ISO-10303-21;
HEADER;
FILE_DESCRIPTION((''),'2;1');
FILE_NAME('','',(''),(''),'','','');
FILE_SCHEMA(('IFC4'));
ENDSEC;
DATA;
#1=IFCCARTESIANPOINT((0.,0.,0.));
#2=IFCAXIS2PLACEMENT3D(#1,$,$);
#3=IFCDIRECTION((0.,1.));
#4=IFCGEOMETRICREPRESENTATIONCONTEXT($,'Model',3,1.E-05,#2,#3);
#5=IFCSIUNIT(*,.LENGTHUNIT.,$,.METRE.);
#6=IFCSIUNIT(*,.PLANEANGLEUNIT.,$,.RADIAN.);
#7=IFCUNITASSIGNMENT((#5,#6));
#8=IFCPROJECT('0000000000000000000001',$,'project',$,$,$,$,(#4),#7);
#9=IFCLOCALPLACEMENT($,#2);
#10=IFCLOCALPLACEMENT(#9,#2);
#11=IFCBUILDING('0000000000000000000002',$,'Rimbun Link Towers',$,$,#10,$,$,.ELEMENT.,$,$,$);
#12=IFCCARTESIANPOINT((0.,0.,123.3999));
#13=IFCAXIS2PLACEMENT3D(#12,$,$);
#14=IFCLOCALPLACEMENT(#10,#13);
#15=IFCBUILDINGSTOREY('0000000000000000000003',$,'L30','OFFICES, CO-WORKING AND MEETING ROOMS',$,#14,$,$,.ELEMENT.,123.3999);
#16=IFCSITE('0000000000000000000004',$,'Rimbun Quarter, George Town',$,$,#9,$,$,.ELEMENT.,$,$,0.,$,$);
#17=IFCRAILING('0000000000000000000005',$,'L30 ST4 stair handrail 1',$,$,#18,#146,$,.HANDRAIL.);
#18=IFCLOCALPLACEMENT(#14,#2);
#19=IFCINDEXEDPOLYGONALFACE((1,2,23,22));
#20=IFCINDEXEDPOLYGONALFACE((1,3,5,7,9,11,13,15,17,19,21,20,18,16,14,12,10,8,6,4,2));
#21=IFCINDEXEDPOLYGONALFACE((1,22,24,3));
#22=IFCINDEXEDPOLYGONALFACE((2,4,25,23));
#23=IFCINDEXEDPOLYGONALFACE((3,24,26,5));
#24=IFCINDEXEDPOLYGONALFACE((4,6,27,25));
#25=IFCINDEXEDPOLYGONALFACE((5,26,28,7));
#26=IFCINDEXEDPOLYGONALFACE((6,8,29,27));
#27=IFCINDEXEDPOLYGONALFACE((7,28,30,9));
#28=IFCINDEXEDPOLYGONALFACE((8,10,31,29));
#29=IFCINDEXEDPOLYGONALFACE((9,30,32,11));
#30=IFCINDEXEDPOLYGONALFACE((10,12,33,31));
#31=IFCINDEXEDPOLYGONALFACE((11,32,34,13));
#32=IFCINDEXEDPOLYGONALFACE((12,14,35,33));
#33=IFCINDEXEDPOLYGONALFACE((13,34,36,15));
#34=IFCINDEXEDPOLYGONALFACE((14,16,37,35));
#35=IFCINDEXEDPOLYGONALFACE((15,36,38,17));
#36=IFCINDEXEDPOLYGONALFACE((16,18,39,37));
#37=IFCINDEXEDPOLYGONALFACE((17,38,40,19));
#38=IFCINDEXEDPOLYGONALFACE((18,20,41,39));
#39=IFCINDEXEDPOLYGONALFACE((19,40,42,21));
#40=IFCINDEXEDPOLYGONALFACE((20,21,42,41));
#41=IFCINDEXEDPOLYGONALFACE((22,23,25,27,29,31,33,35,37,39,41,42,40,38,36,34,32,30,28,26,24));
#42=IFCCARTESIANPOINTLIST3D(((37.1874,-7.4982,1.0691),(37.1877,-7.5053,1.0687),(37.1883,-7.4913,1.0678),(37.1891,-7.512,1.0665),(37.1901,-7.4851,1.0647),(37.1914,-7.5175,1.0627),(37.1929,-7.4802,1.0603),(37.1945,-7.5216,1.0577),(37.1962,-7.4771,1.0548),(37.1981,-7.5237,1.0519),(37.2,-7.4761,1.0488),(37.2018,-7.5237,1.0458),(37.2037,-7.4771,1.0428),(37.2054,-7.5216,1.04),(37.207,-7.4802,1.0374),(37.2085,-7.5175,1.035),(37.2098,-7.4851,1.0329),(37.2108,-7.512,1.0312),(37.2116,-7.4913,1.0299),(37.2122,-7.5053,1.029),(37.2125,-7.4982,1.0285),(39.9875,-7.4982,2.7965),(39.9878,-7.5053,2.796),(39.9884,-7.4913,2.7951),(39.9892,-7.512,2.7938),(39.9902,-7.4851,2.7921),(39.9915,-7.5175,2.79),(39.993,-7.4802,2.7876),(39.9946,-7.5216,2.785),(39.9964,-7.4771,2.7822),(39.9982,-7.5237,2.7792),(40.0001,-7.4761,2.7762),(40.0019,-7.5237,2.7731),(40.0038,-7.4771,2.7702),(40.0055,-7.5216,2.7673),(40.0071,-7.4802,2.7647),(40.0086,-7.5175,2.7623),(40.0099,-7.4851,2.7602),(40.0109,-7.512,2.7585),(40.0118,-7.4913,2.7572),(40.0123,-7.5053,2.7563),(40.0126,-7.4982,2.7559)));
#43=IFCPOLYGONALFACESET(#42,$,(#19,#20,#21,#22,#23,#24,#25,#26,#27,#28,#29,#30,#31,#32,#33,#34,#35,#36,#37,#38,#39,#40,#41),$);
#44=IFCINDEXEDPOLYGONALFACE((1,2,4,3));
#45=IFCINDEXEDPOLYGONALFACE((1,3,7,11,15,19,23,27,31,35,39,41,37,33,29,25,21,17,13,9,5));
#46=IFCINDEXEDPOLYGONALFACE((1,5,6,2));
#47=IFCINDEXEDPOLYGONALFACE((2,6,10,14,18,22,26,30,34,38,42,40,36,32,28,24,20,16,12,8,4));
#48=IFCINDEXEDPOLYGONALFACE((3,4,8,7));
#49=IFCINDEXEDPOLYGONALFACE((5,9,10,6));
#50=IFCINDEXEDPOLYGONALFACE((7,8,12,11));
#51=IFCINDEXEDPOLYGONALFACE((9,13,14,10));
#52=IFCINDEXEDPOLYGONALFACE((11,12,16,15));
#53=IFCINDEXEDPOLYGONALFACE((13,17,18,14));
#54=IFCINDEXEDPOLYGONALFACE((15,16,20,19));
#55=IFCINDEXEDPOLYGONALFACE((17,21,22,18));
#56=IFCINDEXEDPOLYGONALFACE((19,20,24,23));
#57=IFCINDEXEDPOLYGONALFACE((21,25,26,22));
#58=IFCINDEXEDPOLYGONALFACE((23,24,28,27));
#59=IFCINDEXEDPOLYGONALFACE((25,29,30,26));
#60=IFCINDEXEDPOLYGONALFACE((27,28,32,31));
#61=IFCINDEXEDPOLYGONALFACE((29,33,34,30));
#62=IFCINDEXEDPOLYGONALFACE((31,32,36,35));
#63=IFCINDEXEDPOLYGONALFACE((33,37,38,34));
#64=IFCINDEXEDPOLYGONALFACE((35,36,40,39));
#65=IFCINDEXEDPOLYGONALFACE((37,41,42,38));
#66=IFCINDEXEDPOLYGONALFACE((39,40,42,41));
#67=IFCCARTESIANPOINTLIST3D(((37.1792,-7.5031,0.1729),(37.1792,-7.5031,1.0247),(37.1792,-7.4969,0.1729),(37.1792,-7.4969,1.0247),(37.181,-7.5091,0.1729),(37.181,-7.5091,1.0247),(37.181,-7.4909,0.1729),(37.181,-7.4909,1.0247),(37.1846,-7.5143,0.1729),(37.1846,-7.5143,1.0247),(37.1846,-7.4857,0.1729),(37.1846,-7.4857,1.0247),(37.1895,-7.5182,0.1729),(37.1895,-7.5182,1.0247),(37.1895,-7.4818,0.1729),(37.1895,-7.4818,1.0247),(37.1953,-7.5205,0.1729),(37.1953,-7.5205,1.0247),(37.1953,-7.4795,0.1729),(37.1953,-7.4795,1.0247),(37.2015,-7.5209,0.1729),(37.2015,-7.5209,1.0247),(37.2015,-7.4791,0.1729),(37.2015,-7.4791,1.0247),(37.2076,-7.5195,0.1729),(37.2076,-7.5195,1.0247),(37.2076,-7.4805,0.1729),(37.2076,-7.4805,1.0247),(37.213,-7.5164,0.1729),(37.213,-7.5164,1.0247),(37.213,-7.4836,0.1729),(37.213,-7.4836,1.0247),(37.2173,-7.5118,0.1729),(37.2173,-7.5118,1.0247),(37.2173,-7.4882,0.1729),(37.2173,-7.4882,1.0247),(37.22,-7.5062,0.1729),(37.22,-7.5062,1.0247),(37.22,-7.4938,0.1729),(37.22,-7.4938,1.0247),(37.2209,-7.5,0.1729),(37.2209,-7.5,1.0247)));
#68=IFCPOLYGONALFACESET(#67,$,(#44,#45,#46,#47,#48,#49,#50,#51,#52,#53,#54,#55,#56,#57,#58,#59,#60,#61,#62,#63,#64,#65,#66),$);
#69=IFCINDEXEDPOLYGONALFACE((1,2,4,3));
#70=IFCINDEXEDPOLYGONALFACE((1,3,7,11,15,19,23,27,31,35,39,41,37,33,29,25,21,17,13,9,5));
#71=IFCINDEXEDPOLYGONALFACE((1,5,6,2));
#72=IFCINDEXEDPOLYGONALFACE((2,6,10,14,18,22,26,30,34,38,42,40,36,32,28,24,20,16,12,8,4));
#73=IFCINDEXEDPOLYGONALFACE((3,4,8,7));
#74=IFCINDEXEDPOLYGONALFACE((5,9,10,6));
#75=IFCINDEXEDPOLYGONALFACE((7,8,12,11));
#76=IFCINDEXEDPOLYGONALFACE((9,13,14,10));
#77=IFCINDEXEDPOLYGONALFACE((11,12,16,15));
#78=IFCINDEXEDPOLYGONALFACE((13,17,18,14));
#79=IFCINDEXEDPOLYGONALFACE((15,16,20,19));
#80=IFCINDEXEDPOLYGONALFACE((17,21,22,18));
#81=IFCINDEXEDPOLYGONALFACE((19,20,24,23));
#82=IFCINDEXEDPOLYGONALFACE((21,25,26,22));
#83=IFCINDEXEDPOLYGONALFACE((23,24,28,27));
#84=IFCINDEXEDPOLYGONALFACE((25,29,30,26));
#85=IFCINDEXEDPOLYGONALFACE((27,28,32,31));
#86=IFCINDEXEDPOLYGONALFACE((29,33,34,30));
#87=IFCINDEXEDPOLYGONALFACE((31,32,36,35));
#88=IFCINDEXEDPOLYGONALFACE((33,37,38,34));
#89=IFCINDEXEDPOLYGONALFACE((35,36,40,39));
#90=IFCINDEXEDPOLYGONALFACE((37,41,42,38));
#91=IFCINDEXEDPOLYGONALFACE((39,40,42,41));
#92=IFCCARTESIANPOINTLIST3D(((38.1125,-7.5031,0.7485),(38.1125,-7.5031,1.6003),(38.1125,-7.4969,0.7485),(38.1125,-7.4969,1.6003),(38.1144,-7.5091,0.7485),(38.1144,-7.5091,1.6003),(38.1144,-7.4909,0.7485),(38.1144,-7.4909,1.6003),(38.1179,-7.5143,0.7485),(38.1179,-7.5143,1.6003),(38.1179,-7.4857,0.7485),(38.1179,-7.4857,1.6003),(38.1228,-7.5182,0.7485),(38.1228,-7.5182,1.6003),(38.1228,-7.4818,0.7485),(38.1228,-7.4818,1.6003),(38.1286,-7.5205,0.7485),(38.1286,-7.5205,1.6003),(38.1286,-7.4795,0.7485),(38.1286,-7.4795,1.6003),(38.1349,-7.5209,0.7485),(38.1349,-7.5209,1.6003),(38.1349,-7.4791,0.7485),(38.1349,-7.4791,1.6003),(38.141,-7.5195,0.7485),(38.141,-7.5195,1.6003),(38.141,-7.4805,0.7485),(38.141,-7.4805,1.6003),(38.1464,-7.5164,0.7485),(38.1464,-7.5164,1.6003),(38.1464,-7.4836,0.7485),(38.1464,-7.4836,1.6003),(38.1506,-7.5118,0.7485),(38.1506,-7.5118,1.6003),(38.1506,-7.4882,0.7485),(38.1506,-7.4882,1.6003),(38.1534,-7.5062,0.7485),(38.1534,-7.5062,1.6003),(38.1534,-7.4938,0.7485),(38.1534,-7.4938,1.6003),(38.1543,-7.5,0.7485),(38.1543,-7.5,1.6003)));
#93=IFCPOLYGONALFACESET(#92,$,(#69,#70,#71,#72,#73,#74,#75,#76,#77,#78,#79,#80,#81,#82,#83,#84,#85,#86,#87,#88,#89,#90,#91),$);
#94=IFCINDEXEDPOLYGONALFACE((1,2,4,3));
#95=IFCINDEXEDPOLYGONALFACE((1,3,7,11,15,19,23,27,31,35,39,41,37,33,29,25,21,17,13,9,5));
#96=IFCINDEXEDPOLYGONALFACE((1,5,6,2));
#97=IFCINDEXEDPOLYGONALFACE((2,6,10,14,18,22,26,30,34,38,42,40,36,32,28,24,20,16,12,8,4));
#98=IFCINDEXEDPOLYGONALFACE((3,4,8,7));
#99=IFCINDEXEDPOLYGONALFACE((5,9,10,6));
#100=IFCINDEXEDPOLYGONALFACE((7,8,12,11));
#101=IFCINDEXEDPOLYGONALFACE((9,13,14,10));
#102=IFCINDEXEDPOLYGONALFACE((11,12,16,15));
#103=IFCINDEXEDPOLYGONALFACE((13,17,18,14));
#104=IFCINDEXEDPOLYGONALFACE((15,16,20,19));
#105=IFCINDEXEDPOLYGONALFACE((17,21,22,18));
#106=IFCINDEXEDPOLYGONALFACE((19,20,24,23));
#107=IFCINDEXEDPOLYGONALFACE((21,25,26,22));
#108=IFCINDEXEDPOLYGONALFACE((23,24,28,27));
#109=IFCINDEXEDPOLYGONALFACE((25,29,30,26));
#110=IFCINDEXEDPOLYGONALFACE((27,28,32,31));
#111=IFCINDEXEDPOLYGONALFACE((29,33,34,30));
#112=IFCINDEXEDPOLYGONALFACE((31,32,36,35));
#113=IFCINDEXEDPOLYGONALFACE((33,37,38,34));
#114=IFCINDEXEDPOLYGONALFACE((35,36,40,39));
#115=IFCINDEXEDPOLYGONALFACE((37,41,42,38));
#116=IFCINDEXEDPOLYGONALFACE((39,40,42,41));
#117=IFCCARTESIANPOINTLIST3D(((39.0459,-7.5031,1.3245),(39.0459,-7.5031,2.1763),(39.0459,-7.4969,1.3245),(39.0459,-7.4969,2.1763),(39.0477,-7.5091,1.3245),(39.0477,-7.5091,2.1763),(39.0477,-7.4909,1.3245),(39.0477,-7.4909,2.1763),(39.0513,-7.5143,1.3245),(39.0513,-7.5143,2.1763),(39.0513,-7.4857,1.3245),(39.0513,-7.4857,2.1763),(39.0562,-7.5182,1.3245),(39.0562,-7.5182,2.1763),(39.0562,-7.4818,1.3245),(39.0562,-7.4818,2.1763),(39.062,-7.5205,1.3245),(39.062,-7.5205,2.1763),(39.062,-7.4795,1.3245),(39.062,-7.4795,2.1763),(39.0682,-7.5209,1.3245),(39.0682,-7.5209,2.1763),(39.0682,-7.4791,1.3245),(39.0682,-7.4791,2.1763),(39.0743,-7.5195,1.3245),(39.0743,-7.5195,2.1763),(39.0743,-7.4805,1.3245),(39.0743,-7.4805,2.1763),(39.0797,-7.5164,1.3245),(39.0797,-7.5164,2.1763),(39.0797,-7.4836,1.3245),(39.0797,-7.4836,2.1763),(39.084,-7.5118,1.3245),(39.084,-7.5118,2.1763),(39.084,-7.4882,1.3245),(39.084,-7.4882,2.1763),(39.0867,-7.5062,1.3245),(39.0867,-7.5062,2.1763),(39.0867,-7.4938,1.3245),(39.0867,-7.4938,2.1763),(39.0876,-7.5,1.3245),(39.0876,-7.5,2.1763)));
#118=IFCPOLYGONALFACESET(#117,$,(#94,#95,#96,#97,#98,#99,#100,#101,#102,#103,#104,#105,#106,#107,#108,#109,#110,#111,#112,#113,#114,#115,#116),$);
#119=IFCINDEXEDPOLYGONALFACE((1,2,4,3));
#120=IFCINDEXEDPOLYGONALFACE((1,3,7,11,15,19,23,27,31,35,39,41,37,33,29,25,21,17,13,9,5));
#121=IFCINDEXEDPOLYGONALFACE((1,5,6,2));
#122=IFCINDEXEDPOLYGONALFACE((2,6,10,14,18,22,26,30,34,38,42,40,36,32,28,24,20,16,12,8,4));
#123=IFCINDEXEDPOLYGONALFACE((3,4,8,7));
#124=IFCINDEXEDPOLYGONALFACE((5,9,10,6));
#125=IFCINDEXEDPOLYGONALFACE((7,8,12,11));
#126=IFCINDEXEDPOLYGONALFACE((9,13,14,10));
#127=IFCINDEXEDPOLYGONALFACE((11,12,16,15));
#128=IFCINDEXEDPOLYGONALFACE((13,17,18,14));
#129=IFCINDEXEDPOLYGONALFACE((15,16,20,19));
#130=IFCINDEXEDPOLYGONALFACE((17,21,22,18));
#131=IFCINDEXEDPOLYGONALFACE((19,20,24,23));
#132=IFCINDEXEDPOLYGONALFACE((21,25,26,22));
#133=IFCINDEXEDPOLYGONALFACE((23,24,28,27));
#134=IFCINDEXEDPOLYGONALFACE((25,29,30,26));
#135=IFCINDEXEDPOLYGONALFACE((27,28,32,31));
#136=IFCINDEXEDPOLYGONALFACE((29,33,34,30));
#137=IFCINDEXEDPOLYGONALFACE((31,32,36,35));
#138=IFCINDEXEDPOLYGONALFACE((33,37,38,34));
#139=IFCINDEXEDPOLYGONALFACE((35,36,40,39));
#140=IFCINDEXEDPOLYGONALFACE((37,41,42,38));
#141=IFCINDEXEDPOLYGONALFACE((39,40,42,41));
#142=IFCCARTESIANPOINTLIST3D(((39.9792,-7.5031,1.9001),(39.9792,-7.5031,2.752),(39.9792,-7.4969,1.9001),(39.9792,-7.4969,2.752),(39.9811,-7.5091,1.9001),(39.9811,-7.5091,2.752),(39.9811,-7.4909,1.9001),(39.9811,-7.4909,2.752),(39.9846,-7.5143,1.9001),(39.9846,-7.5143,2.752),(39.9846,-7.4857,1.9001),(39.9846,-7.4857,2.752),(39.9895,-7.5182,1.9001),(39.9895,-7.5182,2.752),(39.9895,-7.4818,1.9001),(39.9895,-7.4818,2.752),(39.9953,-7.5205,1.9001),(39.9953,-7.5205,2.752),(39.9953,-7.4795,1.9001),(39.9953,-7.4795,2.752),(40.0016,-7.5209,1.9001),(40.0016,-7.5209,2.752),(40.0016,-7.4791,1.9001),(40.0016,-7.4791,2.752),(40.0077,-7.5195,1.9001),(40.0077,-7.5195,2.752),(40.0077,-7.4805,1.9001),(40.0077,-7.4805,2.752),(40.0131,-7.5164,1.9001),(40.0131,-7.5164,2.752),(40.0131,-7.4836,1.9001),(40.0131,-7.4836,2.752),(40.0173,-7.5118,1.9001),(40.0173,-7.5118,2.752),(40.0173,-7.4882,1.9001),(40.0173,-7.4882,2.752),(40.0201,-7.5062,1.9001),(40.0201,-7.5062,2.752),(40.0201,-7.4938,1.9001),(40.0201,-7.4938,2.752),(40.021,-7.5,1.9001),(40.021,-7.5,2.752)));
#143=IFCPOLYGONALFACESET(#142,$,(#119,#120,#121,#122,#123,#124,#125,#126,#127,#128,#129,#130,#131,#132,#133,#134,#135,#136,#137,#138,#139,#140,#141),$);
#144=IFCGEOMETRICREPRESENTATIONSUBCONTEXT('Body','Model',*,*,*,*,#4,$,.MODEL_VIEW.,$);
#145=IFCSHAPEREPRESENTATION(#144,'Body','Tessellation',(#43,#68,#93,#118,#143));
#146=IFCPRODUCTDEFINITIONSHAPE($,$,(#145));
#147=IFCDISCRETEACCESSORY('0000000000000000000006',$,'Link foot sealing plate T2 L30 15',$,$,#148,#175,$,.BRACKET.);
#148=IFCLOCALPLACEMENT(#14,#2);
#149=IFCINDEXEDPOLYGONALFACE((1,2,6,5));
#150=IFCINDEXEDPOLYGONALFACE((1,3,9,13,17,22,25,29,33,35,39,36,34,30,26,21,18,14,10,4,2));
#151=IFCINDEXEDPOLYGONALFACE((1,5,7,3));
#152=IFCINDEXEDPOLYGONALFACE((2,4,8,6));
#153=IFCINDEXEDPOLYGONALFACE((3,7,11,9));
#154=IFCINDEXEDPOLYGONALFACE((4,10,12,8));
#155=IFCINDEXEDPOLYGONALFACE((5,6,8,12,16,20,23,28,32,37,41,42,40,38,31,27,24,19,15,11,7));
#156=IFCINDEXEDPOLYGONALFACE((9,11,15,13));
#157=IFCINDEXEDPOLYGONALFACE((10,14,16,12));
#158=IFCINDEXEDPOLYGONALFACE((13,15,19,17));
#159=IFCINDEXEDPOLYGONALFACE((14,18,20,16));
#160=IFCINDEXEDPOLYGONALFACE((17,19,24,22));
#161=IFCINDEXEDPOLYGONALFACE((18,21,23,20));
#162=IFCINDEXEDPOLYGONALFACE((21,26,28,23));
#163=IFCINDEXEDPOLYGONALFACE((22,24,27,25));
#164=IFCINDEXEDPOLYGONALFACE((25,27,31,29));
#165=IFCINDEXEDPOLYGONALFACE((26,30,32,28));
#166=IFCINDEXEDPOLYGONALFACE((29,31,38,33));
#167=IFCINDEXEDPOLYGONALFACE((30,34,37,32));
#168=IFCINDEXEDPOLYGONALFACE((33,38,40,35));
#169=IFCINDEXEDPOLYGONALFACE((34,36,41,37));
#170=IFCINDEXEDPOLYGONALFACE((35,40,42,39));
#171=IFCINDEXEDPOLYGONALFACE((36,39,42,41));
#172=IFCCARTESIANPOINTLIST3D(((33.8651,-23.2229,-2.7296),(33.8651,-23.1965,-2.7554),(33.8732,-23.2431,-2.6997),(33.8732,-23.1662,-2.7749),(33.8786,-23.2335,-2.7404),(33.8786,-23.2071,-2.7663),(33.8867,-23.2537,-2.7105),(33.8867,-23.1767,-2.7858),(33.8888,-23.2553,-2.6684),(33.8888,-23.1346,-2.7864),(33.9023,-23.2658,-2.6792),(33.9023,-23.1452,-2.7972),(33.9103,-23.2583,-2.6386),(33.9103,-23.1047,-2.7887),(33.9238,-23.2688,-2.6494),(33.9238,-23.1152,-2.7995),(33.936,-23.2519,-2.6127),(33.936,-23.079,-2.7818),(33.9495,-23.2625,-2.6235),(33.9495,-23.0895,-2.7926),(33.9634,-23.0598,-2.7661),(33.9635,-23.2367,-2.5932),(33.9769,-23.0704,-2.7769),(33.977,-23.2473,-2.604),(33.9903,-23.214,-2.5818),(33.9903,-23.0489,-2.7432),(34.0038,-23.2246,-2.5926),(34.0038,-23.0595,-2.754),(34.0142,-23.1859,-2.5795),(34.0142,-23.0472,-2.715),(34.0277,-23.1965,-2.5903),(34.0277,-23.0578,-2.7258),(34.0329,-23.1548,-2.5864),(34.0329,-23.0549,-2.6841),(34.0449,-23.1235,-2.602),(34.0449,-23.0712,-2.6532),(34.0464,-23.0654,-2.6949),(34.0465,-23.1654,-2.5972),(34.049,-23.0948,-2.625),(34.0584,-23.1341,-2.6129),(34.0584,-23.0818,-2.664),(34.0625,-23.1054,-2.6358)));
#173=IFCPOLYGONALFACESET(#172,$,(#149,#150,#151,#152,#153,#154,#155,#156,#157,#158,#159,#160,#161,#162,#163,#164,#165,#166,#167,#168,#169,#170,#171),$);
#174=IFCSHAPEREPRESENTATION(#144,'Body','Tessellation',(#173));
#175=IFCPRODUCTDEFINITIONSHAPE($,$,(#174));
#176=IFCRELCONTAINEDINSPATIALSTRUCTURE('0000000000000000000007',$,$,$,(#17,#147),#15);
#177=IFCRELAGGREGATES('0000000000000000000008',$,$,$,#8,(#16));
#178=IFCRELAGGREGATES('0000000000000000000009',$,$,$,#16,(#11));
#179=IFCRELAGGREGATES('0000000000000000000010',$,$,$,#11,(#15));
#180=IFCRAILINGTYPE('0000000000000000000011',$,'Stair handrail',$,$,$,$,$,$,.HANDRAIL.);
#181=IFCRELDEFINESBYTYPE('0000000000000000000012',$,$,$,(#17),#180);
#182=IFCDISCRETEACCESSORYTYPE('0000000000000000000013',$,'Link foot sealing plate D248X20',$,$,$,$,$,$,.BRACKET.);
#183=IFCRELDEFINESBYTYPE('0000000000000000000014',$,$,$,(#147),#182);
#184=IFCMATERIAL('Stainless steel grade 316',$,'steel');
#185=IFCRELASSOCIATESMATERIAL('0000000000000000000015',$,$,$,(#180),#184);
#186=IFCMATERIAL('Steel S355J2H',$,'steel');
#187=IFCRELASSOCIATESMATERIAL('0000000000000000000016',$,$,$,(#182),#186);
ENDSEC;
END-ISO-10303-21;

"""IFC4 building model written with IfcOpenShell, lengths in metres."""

from ifc_helpers import new_model, si_unit, direction, frame, origin, origin_2d, place, context, subcontext, project, spatial, circle, extrude, material, material_profile, profile_set, type_object, element, save


model = new_model("IFC4")

# Units and contexts
model_context = context("Model", 3, precision=1e-05, world=origin(), true_north=direction((0.0, 1.0)))
body_context = subcontext(model_context, "Body", "Model", "MODEL_VIEW")
ifc_project = project(units=[si_unit("LENGTHUNIT", "METRE"), si_unit("PLANEANGLEUNIT", "RADIAN")], contexts=[model_context])

# Site, building, storey
site_placement = place(None, origin())
site = spatial("IfcSite", under=ifc_project, at=site_placement, Name="Rimbun Quarter, George Town", CompositionType="ELEMENT", RefElevation=0.0)
building_placement = place(site_placement, origin())
building = spatial("IfcBuilding", under=site, at=building_placement, Name="Rimbun Link Towers", CompositionType="ELEMENT")
storey_placement = place(building_placement, frame((0.0, 0.0, 123.3999)))
storey = spatial("IfcBuildingStorey", under=building, at=storey_placement, Name="L30", Description="OFFICES, CO-WORKING AND MEETING ROOMS", CompositionType="ELEMENT", Elevation=123.3999)

# Railing
ifc_material_1 = material(Name="Stainless steel grade 316", Category="steel")
railing_type_1 = type_object("IfcRailingType", Name="Stair handrail", PredefinedType="HANDRAIL", material=ifc_material_1)
railing_1_placement = place(storey_placement, frame((37.2, -7.5, 0.1729)))
element("IfcRailing", 1, at=railing_1_placement, inside=storey, type_object=railing_type_1, Name="L30 ST4 stair handrail 1", PredefinedType="HANDRAIL", context=body_context, shape_type="SweptSolid", body=[
    extrude(circle(Radius=0.0239, at=origin_2d()), frame((0.0, 0.0, 0.876), z_axis=(0.85109, 0.0, 0.52502), x_axis=(0.0, 1.0, 0.0)), (0.0, 0.0, 1.0), 3.29),
    extrude(circle(Radius=0.021, at=origin_2d()), origin(), (0.0, 0.0, 1.0), 0.8518),
    extrude(circle(Radius=0.021, at=origin_2d()), frame((0.9333, 0.0, 0.5757)), (0.0, 0.0, 1.0), 0.8518),
    extrude(circle(Radius=0.021, at=origin_2d()), frame((1.8667, 0.0, 1.1516)), (0.0, 0.0, 1.0), 0.8518),
    extrude(circle(Radius=0.021, at=origin_2d()), frame((2.8, 0.0, 1.7273)), (0.0, 0.0, 1.0), 0.8518),
])

# Discrete accessory
ifc_material_2 = material(Name="Steel S355J2H", Category="steel")
ifc_material_profile_1 = material_profile(ifc_material_2, circle(Radius=0.124, at=origin_2d()), Name="PL D248")
ifc_profile_set_1 = profile_set([ifc_material_profile_1], Name="Steel S355J2H")
discrete_accessory_type = type_object("IfcDiscreteAccessoryType", Name="Link foot sealing plate D248X20", PredefinedType="BRACKET", material=ifc_profile_set_1)
discrete_accessory_placement = place(storey_placement, frame((33.9565, -23.1526, -2.6841), z_axis=(0.666483, -0.521069, -0.533186), x_axis=(0.615922, 0.787807, 0.0)))
element("IfcDiscreteAccessory", 2, at=discrete_accessory_placement, inside=storey, type_object=discrete_accessory_type, Name="Link foot sealing plate T2 L30 15", PredefinedType="BRACKET", context=body_context, shape_type="SweptSolid", body=[
    extrude(circle(Radius=0.124, at=origin_2d()), origin(), (0.0, 0.0, 1.0), 0.0203),
])

save(model, "model.ifc")
